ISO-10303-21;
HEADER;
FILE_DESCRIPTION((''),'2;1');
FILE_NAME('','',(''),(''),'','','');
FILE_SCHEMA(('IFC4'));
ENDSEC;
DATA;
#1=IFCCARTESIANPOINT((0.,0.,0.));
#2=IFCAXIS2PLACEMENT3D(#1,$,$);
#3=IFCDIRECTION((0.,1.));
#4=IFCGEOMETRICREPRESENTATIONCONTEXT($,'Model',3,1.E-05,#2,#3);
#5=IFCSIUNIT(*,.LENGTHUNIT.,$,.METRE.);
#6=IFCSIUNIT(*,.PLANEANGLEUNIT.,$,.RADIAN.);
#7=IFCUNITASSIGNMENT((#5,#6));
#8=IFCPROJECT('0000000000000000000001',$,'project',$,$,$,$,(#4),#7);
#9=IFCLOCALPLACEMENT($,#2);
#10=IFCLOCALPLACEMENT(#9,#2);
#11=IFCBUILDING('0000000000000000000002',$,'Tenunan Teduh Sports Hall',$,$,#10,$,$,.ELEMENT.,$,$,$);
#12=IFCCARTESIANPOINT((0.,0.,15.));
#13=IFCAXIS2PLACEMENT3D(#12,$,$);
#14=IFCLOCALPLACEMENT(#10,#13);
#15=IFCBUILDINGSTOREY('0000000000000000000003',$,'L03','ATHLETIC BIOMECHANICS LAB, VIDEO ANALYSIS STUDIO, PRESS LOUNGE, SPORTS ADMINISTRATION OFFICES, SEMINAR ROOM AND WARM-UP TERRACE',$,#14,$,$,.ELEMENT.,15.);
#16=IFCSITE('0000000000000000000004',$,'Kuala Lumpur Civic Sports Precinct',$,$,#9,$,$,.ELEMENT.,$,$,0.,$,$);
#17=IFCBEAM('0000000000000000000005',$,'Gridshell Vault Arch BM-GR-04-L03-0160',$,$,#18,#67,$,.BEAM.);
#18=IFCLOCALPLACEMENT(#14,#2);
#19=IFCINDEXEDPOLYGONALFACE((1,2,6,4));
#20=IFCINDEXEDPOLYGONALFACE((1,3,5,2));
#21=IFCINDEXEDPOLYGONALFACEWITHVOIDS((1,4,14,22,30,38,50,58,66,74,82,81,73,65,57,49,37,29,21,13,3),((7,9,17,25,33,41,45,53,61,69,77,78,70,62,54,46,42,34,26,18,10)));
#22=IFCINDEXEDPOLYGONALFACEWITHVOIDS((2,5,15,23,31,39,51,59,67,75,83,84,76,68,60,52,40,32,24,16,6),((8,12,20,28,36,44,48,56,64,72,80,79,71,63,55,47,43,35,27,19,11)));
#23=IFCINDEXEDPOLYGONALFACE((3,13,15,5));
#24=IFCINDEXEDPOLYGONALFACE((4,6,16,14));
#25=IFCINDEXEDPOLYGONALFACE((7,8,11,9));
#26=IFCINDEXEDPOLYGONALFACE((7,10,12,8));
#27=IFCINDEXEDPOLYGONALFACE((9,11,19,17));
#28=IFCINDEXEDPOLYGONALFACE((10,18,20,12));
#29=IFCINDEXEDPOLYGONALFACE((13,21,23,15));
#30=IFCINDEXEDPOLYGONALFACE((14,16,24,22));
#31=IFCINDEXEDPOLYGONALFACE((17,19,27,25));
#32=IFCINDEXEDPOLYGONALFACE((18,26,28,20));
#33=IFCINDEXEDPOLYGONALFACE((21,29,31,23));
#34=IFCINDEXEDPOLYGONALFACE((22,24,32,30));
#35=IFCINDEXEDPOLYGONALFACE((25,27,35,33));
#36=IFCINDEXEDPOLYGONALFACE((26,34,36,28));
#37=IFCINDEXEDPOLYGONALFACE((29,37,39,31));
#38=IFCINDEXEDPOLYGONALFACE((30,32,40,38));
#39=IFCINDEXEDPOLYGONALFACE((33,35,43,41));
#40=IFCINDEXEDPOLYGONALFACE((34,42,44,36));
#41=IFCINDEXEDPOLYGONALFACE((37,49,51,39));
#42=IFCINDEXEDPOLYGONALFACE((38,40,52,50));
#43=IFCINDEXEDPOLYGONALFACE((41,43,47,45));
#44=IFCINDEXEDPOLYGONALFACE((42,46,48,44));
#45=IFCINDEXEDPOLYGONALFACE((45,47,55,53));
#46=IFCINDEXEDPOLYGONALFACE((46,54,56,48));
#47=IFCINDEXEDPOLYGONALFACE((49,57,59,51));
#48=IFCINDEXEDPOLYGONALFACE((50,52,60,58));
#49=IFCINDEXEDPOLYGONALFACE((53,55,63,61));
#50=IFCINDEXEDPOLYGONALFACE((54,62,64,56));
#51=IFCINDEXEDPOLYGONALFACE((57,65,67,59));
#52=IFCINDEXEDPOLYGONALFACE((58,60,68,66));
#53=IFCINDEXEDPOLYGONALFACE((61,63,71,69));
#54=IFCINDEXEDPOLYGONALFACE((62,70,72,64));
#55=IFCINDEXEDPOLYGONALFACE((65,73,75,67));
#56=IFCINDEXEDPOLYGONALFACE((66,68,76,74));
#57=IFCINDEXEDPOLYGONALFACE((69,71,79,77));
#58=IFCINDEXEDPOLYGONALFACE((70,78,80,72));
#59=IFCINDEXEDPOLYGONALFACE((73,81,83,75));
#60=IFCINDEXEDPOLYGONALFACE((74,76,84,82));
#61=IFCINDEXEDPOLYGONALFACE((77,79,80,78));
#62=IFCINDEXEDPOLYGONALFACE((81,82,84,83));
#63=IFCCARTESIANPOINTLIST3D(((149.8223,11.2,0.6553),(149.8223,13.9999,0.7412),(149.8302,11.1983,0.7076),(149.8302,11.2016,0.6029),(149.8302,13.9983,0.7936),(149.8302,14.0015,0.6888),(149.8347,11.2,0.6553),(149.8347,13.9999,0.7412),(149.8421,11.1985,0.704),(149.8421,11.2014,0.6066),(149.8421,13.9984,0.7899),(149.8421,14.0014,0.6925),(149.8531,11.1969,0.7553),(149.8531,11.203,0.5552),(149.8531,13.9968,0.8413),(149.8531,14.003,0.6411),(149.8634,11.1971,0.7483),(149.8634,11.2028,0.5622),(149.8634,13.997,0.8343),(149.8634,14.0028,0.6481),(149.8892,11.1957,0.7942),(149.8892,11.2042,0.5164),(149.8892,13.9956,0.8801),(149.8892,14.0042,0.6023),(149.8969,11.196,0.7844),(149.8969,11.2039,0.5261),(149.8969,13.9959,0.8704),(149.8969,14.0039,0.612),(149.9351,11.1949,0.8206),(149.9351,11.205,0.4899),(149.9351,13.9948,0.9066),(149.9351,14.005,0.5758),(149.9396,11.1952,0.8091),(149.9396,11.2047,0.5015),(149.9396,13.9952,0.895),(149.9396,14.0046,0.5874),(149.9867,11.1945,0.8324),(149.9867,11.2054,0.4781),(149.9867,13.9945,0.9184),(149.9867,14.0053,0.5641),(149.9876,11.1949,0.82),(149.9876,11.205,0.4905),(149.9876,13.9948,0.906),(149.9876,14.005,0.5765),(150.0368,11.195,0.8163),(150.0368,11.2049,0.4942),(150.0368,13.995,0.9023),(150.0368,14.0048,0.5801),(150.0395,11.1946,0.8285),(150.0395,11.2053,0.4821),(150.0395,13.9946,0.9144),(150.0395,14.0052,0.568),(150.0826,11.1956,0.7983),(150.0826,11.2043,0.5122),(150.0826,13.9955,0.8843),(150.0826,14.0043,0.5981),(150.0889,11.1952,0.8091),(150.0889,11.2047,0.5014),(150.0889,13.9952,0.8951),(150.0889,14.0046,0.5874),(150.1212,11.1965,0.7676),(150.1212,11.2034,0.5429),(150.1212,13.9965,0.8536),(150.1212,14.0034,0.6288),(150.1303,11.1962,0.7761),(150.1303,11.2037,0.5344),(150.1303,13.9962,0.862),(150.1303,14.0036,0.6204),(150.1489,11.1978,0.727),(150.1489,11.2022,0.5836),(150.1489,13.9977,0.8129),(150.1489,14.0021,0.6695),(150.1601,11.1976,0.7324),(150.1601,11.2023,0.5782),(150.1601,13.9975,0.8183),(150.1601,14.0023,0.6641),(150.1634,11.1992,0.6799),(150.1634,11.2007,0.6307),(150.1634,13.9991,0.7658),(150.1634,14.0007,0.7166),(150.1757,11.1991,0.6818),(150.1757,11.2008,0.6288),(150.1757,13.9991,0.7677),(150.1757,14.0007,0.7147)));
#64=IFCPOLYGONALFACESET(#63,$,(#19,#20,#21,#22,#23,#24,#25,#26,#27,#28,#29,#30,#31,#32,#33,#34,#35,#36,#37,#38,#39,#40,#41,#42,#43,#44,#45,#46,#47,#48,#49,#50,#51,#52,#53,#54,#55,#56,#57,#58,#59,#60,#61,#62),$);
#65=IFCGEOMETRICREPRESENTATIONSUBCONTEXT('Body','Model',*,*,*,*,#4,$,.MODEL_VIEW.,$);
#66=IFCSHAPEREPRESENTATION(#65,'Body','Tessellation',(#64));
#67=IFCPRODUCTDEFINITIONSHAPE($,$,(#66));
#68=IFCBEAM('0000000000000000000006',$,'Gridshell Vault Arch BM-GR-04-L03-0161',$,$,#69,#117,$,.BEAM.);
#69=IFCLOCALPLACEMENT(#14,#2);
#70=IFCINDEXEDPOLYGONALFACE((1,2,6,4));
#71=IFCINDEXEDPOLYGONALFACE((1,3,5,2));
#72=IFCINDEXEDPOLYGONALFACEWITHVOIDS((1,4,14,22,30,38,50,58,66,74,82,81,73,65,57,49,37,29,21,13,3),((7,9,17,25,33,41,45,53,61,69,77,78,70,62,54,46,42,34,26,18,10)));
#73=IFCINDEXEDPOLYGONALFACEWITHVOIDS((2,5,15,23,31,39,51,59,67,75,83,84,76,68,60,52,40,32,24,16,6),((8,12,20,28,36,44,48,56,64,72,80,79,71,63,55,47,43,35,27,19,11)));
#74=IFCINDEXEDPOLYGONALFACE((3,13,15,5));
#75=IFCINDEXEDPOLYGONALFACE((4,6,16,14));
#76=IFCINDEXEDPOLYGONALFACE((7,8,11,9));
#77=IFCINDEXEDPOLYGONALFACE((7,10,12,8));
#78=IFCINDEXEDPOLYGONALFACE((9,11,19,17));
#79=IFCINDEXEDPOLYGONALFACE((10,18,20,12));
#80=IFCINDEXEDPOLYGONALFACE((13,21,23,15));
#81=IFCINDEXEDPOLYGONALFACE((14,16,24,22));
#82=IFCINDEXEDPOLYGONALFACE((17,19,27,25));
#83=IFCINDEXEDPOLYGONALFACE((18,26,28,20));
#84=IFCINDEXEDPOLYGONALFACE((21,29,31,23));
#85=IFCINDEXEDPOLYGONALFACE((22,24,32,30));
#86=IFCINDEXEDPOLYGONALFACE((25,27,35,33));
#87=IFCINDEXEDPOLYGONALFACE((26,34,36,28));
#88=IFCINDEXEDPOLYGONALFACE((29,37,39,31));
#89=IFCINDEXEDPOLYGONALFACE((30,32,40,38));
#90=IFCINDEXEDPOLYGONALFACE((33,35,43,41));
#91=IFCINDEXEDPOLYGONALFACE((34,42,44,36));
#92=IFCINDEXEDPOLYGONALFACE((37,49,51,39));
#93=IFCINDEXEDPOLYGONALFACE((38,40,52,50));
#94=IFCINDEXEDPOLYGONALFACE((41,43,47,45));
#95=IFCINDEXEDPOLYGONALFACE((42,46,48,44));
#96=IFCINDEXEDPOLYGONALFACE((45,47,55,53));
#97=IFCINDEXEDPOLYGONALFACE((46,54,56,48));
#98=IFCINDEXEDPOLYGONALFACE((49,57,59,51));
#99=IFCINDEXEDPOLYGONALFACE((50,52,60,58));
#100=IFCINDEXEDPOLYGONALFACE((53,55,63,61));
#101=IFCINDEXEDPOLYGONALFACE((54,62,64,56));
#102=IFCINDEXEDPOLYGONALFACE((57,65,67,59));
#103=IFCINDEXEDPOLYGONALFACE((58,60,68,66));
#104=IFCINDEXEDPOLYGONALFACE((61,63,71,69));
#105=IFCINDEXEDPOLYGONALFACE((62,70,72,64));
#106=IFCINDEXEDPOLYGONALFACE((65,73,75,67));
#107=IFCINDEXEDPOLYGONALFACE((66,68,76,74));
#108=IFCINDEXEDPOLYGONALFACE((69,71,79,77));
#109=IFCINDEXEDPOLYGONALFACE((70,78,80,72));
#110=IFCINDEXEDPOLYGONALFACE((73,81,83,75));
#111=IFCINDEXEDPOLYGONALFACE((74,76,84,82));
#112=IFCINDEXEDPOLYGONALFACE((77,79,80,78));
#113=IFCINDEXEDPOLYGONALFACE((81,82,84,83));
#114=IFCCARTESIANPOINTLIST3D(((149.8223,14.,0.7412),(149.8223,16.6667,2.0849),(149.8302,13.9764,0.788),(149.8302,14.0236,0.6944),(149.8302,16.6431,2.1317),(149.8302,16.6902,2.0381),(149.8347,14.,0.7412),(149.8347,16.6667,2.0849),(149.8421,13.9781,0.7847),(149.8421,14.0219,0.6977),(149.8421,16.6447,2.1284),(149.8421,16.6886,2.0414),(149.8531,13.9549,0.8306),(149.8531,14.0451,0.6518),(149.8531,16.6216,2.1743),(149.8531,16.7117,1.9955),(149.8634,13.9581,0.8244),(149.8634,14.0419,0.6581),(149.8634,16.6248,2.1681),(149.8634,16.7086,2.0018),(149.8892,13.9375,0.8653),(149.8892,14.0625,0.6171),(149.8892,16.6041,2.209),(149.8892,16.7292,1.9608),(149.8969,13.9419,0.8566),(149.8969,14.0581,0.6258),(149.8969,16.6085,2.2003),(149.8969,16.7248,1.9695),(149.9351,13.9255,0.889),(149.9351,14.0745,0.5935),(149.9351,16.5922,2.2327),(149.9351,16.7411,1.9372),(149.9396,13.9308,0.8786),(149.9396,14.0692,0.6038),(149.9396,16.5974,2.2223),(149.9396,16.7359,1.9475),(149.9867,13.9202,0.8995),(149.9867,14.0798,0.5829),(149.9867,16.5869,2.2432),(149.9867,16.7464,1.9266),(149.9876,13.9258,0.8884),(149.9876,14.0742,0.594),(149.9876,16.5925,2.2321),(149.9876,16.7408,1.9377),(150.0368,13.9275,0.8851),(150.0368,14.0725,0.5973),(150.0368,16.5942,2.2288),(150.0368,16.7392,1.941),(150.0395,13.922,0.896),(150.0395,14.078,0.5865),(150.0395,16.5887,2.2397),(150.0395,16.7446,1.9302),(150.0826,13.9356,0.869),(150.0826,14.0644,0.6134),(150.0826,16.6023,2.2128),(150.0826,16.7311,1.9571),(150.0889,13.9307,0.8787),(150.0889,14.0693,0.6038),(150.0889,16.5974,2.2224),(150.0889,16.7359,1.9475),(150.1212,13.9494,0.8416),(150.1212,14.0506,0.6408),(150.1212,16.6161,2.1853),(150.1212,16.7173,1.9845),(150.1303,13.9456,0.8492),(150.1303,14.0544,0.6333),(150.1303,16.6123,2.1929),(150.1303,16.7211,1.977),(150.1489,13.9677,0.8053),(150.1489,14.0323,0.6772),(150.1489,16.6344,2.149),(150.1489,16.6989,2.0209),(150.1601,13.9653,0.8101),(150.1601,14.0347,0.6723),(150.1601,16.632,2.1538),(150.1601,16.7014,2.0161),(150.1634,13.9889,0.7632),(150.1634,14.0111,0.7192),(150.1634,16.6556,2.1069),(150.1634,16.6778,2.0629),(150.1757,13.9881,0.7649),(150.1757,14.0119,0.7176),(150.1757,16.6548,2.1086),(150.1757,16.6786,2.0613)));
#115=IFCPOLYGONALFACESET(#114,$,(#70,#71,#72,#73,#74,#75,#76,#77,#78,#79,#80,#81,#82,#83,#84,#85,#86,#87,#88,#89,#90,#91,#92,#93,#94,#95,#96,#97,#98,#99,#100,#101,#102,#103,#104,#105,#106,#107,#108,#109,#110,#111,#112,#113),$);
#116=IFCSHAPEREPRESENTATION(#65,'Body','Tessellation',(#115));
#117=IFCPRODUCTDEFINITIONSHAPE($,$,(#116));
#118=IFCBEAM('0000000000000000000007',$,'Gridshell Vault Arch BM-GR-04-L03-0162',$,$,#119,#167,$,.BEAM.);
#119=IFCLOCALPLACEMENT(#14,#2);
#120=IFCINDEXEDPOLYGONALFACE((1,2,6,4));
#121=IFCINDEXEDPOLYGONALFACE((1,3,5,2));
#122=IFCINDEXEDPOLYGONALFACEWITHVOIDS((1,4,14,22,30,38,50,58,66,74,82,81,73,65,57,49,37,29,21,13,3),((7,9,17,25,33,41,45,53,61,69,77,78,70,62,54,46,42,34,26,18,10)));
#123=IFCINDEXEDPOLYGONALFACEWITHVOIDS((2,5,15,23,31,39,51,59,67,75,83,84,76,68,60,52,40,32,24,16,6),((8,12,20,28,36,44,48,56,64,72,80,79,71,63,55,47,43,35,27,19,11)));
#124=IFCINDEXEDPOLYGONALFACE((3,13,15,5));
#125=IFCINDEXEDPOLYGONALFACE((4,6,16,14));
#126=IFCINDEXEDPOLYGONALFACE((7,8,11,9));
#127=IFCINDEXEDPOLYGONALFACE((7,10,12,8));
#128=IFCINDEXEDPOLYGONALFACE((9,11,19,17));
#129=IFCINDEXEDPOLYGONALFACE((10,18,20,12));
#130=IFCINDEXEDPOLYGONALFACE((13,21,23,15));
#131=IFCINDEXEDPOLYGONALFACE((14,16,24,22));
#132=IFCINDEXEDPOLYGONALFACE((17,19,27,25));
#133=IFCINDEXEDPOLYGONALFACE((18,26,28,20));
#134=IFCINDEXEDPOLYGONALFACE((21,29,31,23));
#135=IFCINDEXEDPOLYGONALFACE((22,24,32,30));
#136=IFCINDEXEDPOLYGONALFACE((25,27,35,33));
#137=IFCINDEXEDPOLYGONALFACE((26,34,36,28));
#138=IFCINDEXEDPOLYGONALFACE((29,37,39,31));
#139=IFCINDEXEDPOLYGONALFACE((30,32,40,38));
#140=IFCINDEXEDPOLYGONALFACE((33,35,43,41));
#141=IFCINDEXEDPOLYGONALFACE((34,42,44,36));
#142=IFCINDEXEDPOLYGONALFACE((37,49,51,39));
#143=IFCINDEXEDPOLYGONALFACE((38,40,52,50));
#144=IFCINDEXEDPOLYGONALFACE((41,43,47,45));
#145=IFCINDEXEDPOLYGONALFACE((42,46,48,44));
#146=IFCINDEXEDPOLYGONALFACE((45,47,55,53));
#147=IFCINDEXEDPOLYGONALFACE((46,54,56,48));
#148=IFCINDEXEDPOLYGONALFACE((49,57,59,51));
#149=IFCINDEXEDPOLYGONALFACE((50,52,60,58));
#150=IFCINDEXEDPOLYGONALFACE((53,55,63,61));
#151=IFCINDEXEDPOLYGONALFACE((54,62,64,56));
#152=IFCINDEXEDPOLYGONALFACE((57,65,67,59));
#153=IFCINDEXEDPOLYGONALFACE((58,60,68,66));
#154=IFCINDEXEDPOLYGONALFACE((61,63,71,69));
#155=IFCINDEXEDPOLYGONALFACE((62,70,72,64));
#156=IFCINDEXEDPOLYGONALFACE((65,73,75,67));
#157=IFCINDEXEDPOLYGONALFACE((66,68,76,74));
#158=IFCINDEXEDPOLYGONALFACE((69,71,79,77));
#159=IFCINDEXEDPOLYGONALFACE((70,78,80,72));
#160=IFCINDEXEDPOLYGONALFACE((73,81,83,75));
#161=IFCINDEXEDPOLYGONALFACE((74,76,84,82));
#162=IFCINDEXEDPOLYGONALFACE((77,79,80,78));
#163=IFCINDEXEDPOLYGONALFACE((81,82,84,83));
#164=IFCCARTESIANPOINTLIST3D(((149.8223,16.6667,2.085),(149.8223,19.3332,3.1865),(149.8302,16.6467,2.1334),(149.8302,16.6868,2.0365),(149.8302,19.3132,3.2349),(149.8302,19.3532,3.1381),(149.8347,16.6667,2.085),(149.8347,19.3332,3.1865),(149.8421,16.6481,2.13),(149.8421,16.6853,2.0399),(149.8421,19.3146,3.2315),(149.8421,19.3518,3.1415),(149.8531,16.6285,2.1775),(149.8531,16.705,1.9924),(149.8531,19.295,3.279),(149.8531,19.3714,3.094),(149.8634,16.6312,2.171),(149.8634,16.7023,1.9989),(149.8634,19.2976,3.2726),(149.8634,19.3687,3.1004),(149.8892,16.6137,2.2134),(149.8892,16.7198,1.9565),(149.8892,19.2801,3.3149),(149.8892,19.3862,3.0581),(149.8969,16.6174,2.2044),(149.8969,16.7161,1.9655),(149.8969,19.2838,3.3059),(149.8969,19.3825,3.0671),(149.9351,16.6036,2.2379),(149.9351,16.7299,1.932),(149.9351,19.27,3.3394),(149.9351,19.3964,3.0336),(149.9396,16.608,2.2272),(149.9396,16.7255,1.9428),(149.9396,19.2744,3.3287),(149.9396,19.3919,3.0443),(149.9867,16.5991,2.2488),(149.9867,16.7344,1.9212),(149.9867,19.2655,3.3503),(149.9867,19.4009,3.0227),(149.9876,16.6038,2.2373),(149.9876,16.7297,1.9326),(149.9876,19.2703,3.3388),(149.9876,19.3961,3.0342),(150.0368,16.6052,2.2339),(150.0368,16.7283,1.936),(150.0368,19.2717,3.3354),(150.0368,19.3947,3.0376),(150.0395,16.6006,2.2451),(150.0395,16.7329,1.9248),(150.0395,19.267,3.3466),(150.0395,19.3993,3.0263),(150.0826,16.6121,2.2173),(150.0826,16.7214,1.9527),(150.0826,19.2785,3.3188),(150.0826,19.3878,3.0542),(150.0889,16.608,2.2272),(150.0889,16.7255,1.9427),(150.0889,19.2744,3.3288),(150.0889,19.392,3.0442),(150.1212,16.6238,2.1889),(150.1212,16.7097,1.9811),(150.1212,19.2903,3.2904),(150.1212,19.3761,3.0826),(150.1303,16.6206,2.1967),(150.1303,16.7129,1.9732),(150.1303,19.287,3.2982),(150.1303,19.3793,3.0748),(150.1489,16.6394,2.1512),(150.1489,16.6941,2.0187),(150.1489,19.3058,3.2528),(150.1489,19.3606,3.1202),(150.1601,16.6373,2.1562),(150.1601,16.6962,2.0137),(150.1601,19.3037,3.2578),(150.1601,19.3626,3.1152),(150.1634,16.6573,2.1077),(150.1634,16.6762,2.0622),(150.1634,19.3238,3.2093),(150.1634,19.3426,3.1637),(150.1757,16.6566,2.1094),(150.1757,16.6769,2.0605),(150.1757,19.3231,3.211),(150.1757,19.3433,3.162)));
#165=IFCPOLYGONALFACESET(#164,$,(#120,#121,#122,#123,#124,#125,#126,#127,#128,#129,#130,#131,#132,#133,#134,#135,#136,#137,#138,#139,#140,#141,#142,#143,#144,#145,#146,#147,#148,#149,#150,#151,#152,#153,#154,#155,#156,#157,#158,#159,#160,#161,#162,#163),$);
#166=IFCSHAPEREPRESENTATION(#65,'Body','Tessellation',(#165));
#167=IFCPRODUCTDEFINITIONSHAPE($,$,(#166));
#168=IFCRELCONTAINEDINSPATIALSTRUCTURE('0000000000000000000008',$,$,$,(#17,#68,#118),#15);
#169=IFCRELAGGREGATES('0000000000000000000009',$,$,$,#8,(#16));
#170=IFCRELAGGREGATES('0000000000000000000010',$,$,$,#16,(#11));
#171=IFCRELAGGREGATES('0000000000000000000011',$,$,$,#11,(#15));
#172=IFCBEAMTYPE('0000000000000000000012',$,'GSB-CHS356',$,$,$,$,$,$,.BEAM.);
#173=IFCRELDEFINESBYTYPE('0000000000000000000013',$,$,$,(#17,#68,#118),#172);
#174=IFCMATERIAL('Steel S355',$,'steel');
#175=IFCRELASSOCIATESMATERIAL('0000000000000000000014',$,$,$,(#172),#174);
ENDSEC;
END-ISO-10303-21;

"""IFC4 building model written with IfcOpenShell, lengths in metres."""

from ifc_helpers import new_model, si_unit, direction, frame, origin, origin_2d, place, context, subcontext, project, spatial, hollow_circle, extrude, material, material_profile, profile_set, type_object, element, save


model = new_model("IFC4")

# Units and contexts
model_context = context("Model", 3, precision=1e-05, world=origin(), true_north=direction((0.0, 1.0)))
body_context = subcontext(model_context, "Body", "Model", "MODEL_VIEW")
ifc_project = project(units=[si_unit("LENGTHUNIT", "METRE"), si_unit("PLANEANGLEUNIT", "RADIAN")], contexts=[model_context])

# Site, building, storey
site_placement = place(None, origin())
site = spatial("IfcSite", under=ifc_project, at=site_placement, Name="Kuala Lumpur Civic Sports Precinct", CompositionType="ELEMENT", RefElevation=0.0)
building_placement = place(site_placement, origin())
building = spatial("IfcBuilding", under=site, at=building_placement, Name="Tenunan Teduh Sports Hall", CompositionType="ELEMENT")
storey_placement = place(building_placement, frame((0.0, 0.0, 15.0)))
storey = spatial("IfcBuildingStorey", under=building, at=storey_placement, Name="L03", Description="ATHLETIC BIOMECHANICS LAB, VIDEO ANALYSIS STUDIO, PRESS LOUNGE, SPORTS ADMINISTRATION OFFICES, SEMINAR ROOM AND WARM-UP TERRACE", CompositionType="ELEMENT", Elevation=15.0)

# Beams
ifc_material_1 = material(Name="Steel S355", Category="steel")
ifc_material_profile_1 = material_profile(ifc_material_1, hollow_circle(Radius=0.1777, WallThickness=0.0125, at=origin_2d()), Name="CHS 355.6x12.5")
ifc_profile_set_1 = profile_set([ifc_material_profile_1], Name="Steel S355")
beam_type_1 = type_object("IfcBeamType", Name="GSB-CHS356", PredefinedType="BEAM", material=ifc_profile_set_1)
beam_1_placement = place(storey_placement, frame((150.0, 11.2, 0.6553), z_axis=(0.0, 0.999529, 0.030677), x_axis=(-1.0, 0.0, 0.0)))
element("IfcBeam", 1, at=beam_1_placement, inside=storey, type_object=beam_type_1, Name="Gridshell Vault Arch BM-GR-04-L03-0160", PredefinedType="BEAM", context=body_context, shape_type="SweptSolid", body=[
    extrude(hollow_circle(Radius=0.1777, WallThickness=0.0125, at=origin_2d()), origin(), (0.0, 0.0, 1.0), 2.8013),
])
beam_2_placement = place(storey_placement, frame((150.0, 14.0, 0.7412), z_axis=(0.0, 0.893033, 0.449991), x_axis=(-1.0, 0.0, 0.0)))
element("IfcBeam", 2, at=beam_2_placement, inside=storey, type_object=beam_type_1, Name="Gridshell Vault Arch BM-GR-04-L03-0161", PredefinedType="BEAM", context=body_context, shape_type="SweptSolid", body=[
    extrude(hollow_circle(Radius=0.1777, WallThickness=0.0125, at=origin_2d()), origin(), (0.0, 0.0, 1.0), 2.9861),
])
beam_3_placement = place(storey_placement, frame((150.0, 16.6667, 2.085), z_axis=(0.0, 0.924239, 0.381814), x_axis=(-1.0, 0.0, 0.0)))
element("IfcBeam", 3, at=beam_3_placement, inside=storey, type_object=beam_type_1, Name="Gridshell Vault Arch BM-GR-04-L03-0162", PredefinedType="BEAM", context=body_context, shape_type="SweptSolid", body=[
    extrude(hollow_circle(Radius=0.1777, WallThickness=0.0125, at=origin_2d()), origin(), (0.0, 0.0, 1.0), 2.885),
])

save(model, "model.ifc")
